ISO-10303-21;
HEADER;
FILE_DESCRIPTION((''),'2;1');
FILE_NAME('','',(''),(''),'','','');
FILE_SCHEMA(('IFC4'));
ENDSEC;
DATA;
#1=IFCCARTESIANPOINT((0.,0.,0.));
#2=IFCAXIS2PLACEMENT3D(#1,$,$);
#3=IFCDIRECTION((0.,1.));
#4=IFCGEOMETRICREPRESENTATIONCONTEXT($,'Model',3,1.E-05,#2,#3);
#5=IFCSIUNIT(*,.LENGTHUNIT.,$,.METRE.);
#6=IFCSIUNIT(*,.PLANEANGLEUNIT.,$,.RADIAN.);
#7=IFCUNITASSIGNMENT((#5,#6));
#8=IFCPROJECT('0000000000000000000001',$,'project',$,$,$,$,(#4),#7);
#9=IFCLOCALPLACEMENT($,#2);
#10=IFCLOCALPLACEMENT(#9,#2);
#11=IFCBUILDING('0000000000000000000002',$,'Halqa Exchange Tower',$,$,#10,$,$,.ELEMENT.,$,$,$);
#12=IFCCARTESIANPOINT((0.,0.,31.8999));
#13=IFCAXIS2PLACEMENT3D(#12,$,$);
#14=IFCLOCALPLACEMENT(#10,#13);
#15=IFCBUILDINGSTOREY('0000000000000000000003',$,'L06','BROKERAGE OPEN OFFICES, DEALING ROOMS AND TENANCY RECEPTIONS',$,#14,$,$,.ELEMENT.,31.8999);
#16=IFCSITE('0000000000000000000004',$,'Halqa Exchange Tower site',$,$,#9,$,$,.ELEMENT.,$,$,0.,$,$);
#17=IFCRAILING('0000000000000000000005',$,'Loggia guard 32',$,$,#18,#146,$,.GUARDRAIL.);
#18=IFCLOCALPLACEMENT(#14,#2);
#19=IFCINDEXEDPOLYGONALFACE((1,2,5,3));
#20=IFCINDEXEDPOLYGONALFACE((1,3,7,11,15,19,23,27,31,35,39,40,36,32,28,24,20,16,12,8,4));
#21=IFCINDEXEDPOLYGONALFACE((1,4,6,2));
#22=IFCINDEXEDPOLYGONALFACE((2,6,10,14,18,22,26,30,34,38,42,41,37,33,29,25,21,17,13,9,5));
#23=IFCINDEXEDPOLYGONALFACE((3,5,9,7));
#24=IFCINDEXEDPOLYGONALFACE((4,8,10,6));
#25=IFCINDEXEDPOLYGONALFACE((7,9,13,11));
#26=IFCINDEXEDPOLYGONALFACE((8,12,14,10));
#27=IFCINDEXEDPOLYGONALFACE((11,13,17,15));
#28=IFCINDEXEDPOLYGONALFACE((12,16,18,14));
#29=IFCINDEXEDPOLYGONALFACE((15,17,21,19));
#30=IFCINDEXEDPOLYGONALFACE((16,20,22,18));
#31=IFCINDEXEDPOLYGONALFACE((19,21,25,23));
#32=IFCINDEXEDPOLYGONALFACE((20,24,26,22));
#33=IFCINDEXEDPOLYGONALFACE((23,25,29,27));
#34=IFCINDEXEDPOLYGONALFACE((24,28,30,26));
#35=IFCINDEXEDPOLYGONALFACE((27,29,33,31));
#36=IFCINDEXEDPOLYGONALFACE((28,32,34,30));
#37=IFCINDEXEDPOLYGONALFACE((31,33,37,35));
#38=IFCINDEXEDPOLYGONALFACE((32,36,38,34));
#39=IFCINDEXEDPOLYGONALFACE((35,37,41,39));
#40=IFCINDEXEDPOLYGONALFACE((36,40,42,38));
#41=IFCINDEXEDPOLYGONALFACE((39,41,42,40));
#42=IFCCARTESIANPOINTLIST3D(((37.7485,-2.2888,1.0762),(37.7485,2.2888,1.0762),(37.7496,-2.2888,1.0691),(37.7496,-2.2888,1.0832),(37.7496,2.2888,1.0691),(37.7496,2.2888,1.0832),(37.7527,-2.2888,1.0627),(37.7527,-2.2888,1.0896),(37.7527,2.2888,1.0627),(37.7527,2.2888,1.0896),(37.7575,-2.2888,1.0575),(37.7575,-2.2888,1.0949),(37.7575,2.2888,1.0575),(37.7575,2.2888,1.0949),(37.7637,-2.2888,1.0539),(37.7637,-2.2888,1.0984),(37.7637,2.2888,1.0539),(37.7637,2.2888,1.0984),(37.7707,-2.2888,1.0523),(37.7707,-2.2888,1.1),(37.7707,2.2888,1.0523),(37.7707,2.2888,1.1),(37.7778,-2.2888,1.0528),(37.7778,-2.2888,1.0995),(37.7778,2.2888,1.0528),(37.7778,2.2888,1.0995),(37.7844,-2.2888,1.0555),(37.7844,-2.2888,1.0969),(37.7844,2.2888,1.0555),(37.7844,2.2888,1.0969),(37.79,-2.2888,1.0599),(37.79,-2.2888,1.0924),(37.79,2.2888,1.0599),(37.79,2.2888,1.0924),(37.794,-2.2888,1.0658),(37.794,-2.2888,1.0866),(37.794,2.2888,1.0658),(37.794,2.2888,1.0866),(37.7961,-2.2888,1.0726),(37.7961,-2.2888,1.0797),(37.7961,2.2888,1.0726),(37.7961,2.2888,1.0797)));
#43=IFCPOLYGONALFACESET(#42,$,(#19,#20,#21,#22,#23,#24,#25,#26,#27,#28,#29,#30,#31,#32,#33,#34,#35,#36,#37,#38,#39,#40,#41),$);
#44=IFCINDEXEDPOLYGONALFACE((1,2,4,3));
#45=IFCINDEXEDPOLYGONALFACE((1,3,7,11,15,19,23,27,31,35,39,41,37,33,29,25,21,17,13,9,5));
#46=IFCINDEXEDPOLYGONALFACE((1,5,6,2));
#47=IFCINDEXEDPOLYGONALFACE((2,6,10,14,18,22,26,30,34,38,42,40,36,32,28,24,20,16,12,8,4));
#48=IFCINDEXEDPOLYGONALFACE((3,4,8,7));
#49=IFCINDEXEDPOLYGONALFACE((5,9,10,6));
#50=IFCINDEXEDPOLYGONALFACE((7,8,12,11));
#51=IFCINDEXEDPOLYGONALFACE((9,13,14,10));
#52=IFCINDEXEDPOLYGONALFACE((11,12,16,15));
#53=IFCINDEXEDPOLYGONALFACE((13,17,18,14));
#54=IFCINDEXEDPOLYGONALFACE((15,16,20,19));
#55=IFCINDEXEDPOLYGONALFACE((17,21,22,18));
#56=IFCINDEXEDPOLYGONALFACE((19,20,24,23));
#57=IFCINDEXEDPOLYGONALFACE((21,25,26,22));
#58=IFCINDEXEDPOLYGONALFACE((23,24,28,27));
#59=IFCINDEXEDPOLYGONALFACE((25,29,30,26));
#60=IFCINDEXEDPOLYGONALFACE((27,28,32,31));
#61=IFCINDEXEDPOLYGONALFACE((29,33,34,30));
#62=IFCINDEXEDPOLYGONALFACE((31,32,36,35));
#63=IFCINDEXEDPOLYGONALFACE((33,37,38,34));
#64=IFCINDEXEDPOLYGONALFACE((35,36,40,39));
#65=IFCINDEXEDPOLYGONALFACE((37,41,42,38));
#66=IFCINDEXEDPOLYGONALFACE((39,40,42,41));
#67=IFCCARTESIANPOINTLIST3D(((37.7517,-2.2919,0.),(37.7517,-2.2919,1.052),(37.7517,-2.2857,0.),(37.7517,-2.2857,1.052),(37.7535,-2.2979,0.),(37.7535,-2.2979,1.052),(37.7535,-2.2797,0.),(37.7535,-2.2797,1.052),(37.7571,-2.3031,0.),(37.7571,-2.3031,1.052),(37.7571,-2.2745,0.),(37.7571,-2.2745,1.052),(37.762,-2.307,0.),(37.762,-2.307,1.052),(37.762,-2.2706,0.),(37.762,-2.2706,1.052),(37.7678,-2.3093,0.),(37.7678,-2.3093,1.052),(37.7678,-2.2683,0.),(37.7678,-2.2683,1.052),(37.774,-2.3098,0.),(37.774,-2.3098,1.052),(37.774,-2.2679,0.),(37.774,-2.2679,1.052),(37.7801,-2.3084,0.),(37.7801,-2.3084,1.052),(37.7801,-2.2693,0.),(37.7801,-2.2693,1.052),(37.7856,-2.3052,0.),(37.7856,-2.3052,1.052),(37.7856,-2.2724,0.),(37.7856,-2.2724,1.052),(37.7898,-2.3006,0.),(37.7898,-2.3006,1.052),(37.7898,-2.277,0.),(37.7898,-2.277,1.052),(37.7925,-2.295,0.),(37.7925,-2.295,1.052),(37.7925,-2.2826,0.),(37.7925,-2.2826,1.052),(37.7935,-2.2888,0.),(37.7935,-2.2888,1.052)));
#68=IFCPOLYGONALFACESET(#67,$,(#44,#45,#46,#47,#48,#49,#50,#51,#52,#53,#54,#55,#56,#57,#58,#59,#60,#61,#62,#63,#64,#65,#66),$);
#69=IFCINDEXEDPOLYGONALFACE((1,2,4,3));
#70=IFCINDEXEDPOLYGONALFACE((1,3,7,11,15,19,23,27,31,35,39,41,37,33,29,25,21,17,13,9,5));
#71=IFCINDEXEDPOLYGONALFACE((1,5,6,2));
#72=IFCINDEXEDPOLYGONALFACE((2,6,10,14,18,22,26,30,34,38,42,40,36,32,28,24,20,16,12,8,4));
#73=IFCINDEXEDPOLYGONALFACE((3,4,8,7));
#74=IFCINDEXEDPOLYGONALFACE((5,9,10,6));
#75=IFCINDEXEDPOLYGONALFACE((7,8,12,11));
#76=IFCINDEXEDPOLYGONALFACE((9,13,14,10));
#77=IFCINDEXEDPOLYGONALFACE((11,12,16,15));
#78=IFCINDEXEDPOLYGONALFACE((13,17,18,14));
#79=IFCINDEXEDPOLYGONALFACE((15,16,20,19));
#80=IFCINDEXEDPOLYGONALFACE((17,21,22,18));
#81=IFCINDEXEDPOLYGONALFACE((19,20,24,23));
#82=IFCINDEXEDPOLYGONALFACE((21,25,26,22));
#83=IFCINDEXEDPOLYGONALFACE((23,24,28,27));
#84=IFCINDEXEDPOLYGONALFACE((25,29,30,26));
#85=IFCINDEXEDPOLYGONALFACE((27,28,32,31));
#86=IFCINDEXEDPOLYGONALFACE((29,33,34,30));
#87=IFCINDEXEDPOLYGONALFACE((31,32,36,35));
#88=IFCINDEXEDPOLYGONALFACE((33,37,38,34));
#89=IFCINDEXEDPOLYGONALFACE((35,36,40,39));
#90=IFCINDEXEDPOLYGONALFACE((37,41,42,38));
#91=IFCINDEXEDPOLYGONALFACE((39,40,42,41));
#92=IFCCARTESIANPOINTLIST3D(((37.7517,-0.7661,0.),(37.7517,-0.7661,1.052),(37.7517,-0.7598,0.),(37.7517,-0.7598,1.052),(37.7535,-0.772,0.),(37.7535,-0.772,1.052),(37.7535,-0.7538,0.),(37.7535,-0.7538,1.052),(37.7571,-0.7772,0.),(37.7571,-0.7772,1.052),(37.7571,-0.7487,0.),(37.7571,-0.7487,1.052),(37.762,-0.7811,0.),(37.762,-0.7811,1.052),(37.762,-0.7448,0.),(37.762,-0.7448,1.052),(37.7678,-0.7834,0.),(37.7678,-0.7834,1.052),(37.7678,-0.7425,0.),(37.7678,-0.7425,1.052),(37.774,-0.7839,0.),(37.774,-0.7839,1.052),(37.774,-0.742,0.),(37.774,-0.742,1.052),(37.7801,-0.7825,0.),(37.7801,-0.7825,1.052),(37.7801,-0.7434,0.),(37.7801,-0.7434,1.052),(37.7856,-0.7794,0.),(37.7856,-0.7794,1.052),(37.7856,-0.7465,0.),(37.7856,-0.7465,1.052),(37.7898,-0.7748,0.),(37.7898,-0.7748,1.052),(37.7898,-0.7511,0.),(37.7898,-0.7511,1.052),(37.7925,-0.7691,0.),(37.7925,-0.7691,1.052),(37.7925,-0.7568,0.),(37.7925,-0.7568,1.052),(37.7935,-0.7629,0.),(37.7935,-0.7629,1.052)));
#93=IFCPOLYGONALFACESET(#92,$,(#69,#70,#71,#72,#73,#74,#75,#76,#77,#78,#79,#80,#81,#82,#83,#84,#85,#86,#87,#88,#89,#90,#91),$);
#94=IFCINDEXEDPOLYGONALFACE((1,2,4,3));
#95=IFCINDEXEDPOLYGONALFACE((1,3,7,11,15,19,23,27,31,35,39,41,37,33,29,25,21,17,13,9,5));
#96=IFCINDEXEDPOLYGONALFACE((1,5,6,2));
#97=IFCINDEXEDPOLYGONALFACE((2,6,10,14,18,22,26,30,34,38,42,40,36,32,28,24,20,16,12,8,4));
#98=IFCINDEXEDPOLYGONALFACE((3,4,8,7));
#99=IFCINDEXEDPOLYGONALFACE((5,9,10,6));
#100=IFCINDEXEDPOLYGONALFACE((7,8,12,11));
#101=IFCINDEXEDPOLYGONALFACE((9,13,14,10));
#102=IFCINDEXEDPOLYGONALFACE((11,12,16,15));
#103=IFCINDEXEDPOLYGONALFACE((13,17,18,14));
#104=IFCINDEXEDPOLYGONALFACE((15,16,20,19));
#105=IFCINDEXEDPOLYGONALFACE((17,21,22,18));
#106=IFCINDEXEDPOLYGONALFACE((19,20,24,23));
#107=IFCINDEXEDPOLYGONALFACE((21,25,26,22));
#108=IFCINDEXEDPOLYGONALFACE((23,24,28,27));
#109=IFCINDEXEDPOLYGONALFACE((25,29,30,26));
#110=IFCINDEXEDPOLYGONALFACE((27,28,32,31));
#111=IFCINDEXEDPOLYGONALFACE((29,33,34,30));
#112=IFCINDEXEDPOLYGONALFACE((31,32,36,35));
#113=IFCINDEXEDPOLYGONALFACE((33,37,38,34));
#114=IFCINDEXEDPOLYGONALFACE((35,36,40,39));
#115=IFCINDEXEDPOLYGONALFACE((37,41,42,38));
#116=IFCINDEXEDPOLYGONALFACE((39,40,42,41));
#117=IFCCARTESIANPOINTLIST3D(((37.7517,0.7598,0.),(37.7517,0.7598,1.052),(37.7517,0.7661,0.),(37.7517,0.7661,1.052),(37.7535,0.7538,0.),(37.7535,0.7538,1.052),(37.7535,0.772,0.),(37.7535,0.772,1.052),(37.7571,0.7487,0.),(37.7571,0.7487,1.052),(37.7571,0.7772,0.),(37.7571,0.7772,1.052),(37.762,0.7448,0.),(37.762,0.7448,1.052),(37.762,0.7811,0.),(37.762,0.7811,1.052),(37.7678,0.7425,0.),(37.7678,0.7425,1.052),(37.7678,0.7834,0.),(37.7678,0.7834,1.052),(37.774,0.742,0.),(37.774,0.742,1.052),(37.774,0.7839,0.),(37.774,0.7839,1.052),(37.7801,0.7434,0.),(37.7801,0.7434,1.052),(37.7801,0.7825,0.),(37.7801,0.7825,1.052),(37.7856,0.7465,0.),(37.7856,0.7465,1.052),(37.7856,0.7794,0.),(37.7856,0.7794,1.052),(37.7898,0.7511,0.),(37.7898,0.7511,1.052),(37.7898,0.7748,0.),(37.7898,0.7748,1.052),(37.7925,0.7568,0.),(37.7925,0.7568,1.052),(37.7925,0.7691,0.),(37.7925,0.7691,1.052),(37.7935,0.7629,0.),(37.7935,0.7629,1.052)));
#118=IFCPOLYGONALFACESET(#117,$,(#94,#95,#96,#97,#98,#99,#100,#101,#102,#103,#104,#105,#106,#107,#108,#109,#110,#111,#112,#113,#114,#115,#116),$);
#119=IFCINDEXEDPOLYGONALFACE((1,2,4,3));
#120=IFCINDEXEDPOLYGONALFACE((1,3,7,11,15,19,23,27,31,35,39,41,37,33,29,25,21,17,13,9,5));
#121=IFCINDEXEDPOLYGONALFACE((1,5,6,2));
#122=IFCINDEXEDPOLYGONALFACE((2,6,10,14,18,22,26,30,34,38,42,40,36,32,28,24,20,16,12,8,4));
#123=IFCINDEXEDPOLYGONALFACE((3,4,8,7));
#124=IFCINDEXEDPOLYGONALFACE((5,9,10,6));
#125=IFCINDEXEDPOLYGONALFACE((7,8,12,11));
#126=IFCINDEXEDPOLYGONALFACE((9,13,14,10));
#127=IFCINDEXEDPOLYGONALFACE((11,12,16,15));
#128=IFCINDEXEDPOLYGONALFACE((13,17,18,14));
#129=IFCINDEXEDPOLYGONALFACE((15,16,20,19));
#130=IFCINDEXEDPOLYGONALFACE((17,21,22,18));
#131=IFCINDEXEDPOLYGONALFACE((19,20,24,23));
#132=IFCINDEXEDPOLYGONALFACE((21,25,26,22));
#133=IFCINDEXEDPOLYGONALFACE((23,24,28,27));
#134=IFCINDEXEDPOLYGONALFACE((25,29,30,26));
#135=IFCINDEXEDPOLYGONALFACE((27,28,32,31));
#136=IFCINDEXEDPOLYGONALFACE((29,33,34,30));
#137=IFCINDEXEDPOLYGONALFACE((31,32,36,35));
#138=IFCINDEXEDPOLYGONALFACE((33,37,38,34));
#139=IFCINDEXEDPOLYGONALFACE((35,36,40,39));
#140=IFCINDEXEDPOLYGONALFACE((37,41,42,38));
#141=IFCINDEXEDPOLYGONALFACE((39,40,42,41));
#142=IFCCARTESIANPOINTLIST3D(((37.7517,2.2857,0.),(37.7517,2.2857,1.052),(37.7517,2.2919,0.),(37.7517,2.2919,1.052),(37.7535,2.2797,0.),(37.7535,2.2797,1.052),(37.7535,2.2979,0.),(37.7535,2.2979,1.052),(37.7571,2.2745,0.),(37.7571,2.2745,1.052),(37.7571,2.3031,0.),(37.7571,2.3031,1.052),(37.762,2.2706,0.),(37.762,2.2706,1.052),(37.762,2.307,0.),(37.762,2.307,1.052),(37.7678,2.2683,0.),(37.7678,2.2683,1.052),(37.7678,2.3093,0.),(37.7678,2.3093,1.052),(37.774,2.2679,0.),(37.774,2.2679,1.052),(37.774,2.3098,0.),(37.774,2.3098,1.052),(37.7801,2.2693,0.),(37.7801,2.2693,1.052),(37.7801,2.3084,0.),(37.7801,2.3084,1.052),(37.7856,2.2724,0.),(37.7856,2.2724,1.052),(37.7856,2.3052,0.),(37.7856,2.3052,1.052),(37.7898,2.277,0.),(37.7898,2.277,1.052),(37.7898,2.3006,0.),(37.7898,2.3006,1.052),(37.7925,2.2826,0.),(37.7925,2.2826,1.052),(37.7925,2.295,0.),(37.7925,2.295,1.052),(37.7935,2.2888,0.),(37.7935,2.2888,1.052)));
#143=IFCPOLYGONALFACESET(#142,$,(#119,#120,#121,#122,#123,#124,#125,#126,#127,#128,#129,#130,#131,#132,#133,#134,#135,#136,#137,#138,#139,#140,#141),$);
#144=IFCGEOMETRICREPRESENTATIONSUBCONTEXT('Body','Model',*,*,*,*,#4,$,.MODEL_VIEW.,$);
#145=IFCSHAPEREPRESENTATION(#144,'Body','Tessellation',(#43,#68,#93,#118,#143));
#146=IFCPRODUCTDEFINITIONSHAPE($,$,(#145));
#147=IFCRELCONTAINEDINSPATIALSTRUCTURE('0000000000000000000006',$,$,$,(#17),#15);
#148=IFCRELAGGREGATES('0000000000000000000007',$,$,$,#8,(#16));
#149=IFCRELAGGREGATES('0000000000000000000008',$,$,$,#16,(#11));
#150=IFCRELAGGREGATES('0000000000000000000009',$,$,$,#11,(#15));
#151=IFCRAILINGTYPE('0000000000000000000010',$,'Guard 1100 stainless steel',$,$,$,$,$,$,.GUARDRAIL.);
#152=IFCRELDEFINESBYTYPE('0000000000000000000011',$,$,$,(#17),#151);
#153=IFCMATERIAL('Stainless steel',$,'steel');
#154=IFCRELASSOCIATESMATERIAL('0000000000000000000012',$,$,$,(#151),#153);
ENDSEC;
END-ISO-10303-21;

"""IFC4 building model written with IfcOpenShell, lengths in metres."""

from ifc_helpers import new_model, si_unit, direction, frame, origin, origin_2d, place, context, subcontext, project, spatial, circle, extrude, material, type_object, element, save


model = new_model("IFC4")

# Units and contexts
model_context = context("Model", 3, precision=1e-05, world=origin(), true_north=direction((0.0, 1.0)))
body_context = subcontext(model_context, "Body", "Model", "MODEL_VIEW")
ifc_project = project(units=[si_unit("LENGTHUNIT", "METRE"), si_unit("PLANEANGLEUNIT", "RADIAN")], contexts=[model_context])

# Site, building, storey
site_placement = place(None, origin())
site = spatial("IfcSite", under=ifc_project, at=site_placement, Name="Halqa Exchange Tower site", CompositionType="ELEMENT", RefElevation=0.0)
building_placement = place(site_placement, origin())
building = spatial("IfcBuilding", under=site, at=building_placement, Name="Halqa Exchange Tower", CompositionType="ELEMENT")
storey_placement = place(building_placement, frame((0.0, 0.0, 31.8999)))
storey = spatial("IfcBuildingStorey", under=building, at=storey_placement, Name="L06", Description="BROKERAGE OPEN OFFICES, DEALING ROOMS AND TENANCY RECEPTIONS", CompositionType="ELEMENT", Elevation=31.8999)

# Railing
ifc_material_1 = material(Name="Stainless steel", Category="steel")
railing_type = type_object("IfcRailingType", Name="Guard 1100 stainless steel", PredefinedType="GUARDRAIL", material=ifc_material_1)
railing_1_placement = place(storey_placement, frame((37.7725, -2.2888, 0.0)))
element("IfcRailing", 1, at=railing_1_placement, inside=storey, type_object=railing_type, Name="Loggia guard 32", PredefinedType="GUARDRAIL", context=body_context, shape_type="SweptSolid", body=[
    extrude(circle(Radius=0.0239, at=origin_2d()), frame((0.0, 0.0, 1.0762), z_axis=(0.0, 1.0, 0.0), x_axis=(-1.0, 0.0, 0.0)), (0.0, 0.0, 1.0), 4.5776),
    extrude(circle(Radius=0.021, at=origin_2d()), origin(), (0.0, 0.0, 1.0), 1.052),
    extrude(circle(Radius=0.021, at=origin_2d()), frame((0.0, 1.5259, 0.0)), (0.0, 0.0, 1.0), 1.052),
    extrude(circle(Radius=0.021, at=origin_2d()), frame((0.0, 3.0518, 0.0)), (0.0, 0.0, 1.0), 1.052),
    extrude(circle(Radius=0.021, at=origin_2d()), frame((0.0, 4.5776, 0.0)), (0.0, 0.0, 1.0), 1.052),
])

save(model, "model.ifc")
